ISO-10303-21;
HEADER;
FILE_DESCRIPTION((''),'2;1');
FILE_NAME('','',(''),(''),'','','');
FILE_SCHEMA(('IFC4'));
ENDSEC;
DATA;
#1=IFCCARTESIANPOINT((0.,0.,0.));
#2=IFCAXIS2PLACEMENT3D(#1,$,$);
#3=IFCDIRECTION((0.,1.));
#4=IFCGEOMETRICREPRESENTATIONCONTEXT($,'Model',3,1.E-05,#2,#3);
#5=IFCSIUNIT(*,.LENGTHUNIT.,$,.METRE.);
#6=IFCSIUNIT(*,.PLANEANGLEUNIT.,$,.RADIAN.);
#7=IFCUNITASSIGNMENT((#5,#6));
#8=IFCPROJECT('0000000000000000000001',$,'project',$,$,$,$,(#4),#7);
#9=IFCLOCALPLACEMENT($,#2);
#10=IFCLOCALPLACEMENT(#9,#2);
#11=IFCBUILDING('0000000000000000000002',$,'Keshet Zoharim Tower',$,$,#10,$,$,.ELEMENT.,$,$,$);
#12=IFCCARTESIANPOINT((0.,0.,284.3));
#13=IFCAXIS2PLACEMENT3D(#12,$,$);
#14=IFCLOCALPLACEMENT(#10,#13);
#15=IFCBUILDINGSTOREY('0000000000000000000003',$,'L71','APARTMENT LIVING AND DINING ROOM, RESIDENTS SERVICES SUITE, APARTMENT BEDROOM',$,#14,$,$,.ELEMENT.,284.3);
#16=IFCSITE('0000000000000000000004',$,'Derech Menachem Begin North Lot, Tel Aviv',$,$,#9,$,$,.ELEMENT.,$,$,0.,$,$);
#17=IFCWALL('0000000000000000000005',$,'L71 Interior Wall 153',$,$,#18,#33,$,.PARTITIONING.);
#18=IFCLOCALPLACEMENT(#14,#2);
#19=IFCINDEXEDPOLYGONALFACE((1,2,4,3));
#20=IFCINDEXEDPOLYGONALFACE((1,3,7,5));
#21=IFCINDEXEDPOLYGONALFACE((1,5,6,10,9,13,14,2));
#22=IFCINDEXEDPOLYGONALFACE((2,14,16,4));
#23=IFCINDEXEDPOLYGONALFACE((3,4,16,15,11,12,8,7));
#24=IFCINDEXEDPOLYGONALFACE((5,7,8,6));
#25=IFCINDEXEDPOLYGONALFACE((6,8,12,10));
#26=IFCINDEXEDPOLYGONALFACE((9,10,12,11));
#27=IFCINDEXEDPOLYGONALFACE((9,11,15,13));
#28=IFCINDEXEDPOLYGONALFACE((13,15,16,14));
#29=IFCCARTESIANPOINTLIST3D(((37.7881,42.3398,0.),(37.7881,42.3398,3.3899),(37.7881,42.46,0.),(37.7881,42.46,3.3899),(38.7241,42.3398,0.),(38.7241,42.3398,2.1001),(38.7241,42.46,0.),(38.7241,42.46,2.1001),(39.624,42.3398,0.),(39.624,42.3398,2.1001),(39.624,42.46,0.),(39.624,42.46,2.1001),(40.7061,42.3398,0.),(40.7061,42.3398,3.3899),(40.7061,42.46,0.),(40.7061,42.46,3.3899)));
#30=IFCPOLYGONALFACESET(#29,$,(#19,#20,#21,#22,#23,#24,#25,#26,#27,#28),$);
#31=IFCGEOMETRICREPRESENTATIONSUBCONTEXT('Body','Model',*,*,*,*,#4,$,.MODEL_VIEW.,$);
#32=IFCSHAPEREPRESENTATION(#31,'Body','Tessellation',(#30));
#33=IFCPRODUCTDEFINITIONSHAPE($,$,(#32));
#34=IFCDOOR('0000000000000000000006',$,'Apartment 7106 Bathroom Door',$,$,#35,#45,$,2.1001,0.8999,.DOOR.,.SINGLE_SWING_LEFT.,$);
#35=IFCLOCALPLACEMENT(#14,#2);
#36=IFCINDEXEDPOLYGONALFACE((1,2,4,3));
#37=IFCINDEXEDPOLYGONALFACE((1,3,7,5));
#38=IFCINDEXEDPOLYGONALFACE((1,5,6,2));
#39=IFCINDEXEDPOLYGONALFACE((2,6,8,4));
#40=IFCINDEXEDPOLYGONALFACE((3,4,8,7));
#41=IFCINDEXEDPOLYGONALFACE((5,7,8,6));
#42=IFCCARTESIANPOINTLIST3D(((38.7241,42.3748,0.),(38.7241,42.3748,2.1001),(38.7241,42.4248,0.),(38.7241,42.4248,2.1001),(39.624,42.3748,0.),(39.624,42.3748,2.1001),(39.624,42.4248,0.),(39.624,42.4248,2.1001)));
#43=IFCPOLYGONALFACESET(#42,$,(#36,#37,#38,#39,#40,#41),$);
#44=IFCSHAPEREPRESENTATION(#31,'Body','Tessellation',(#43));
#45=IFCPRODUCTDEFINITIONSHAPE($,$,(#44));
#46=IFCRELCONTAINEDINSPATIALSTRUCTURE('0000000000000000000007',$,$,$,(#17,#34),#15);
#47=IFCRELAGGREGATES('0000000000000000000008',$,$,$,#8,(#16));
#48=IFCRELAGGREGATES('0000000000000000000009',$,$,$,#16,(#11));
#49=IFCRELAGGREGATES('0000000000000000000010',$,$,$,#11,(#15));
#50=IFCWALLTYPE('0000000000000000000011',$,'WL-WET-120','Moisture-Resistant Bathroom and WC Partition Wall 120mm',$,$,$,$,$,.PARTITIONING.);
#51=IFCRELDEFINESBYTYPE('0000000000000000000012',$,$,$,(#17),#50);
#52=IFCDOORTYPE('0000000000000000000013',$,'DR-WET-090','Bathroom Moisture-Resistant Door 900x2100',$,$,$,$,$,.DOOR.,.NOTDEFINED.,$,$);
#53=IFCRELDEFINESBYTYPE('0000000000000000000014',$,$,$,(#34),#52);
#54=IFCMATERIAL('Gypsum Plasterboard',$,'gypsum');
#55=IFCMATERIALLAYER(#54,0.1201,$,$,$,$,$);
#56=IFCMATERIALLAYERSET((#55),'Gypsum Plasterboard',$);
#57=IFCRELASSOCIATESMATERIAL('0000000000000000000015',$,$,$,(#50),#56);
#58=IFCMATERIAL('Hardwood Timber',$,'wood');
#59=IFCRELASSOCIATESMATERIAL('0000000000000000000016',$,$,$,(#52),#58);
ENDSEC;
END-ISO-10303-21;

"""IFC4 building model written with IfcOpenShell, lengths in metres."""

from ifc_helpers import new_model, si_unit, direction, frame, frame_2d, origin, place, context, subcontext, project, spatial, rectangle, extrude, material, layer, layer_set, type_object, element, fill, save


model = new_model("IFC4")

# Units and contexts
model_context = context("Model", 3, precision=1e-05, world=origin(), true_north=direction((0.0, 1.0)))
body_context = subcontext(model_context, "Body", "Model", "MODEL_VIEW")
ifc_project = project(units=[si_unit("LENGTHUNIT", "METRE"), si_unit("PLANEANGLEUNIT", "RADIAN")], contexts=[model_context])

# Site, building, storey
site_placement = place(None, origin())
site = spatial("IfcSite", under=ifc_project, at=site_placement, Name="Derech Menachem Begin North Lot, Tel Aviv", CompositionType="ELEMENT", RefElevation=0.0)
building_placement = place(site_placement, origin())
building = spatial("IfcBuilding", under=site, at=building_placement, Name="Keshet Zoharim Tower", CompositionType="ELEMENT")
storey_placement = place(building_placement, frame((0.0, 0.0, 284.3)))
storey = spatial("IfcBuildingStorey", under=building, at=storey_placement, Name="L71", Description="APARTMENT LIVING AND DINING ROOM, RESIDENTS SERVICES SUITE, APARTMENT BEDROOM", CompositionType="ELEMENT", Elevation=284.3)

# Shared definitions
ifc_material_1 = material(Name="Gypsum Plasterboard", Category="gypsum")
ifc_layer_1 = layer(ifc_material_1, 0.1201)
ifc_layer_set_1 = layer_set([ifc_layer_1], Name="Gypsum Plasterboard")
wall_type_1 = type_object("IfcWallType", Name="WL-WET-120", Description="Moisture-Resistant Bathroom and WC Partition Wall 120mm", PredefinedType="PARTITIONING", material=ifc_layer_set_1)

# Wall, opening, door
wall_1_placement = place(storey_placement, frame((37.7881, 42.3999, 0.0), z_axis=(0.0, 0.0, 1.0), x_axis=(1.0, 0.0, 0.0)))
wall_1 = element("IfcWall", 1, at=wall_1_placement, inside=storey, type_object=wall_type_1, Name="L71 Interior Wall 153", PredefinedType="PARTITIONING", context=body_context, shape_type="SweptSolid", body=[
    extrude(rectangle(XDim=2.918, YDim=0.1201, at=frame_2d((1.459, 0.0))), origin(), (0.0, 0.0, 1.0), 3.3899),
])
opening_placement = place(wall_1_placement, frame((0.936, 0.0, 0.0)))
opening = element("IfcOpeningElement", 2, at=opening_placement, cuts=wall_1, PredefinedType="OPENING", context=body_context, shape_type="SweptSolid", body=[
    extrude(rectangle(XDim=0.8999, YDim=2.1001, at=frame_2d((0.45, 1.05))), frame((0.0, 0.0701, 0.0), z_axis=(0.0, -1.0, 0.0), x_axis=(1.0, 0.0, 0.0)), (0.0, 0.0, 1.0), 0.1401),
])
ifc_material_2 = material(Name="Hardwood Timber", Category="wood")
door_type = type_object("IfcDoorType", Name="DR-WET-090", Description="Bathroom Moisture-Resistant Door 900x2100", OperationType="NOTDEFINED", PredefinedType="DOOR", material=ifc_material_2)
door_placement = place(opening_placement, origin())
door = element("IfcDoor", 3, at=door_placement, inside=storey, type_object=door_type, Name="Apartment 7106 Bathroom Door", OperationType="SINGLE_SWING_LEFT", OverallHeight=2.1001, OverallWidth=0.8999, PredefinedType="DOOR", context=body_context, shape_type="SweptSolid", body=[
    extrude(rectangle(XDim=0.8999, YDim=2.1001, at=frame_2d((0.45, 1.05))), frame((0.0, 0.0249, 0.0), z_axis=(0.0, -1.0, 0.0), x_axis=(1.0, 0.0, 0.0)), (0.0, 0.0, 1.0), 0.05),
])
fill(opening, door)

save(model, "model.ifc")
